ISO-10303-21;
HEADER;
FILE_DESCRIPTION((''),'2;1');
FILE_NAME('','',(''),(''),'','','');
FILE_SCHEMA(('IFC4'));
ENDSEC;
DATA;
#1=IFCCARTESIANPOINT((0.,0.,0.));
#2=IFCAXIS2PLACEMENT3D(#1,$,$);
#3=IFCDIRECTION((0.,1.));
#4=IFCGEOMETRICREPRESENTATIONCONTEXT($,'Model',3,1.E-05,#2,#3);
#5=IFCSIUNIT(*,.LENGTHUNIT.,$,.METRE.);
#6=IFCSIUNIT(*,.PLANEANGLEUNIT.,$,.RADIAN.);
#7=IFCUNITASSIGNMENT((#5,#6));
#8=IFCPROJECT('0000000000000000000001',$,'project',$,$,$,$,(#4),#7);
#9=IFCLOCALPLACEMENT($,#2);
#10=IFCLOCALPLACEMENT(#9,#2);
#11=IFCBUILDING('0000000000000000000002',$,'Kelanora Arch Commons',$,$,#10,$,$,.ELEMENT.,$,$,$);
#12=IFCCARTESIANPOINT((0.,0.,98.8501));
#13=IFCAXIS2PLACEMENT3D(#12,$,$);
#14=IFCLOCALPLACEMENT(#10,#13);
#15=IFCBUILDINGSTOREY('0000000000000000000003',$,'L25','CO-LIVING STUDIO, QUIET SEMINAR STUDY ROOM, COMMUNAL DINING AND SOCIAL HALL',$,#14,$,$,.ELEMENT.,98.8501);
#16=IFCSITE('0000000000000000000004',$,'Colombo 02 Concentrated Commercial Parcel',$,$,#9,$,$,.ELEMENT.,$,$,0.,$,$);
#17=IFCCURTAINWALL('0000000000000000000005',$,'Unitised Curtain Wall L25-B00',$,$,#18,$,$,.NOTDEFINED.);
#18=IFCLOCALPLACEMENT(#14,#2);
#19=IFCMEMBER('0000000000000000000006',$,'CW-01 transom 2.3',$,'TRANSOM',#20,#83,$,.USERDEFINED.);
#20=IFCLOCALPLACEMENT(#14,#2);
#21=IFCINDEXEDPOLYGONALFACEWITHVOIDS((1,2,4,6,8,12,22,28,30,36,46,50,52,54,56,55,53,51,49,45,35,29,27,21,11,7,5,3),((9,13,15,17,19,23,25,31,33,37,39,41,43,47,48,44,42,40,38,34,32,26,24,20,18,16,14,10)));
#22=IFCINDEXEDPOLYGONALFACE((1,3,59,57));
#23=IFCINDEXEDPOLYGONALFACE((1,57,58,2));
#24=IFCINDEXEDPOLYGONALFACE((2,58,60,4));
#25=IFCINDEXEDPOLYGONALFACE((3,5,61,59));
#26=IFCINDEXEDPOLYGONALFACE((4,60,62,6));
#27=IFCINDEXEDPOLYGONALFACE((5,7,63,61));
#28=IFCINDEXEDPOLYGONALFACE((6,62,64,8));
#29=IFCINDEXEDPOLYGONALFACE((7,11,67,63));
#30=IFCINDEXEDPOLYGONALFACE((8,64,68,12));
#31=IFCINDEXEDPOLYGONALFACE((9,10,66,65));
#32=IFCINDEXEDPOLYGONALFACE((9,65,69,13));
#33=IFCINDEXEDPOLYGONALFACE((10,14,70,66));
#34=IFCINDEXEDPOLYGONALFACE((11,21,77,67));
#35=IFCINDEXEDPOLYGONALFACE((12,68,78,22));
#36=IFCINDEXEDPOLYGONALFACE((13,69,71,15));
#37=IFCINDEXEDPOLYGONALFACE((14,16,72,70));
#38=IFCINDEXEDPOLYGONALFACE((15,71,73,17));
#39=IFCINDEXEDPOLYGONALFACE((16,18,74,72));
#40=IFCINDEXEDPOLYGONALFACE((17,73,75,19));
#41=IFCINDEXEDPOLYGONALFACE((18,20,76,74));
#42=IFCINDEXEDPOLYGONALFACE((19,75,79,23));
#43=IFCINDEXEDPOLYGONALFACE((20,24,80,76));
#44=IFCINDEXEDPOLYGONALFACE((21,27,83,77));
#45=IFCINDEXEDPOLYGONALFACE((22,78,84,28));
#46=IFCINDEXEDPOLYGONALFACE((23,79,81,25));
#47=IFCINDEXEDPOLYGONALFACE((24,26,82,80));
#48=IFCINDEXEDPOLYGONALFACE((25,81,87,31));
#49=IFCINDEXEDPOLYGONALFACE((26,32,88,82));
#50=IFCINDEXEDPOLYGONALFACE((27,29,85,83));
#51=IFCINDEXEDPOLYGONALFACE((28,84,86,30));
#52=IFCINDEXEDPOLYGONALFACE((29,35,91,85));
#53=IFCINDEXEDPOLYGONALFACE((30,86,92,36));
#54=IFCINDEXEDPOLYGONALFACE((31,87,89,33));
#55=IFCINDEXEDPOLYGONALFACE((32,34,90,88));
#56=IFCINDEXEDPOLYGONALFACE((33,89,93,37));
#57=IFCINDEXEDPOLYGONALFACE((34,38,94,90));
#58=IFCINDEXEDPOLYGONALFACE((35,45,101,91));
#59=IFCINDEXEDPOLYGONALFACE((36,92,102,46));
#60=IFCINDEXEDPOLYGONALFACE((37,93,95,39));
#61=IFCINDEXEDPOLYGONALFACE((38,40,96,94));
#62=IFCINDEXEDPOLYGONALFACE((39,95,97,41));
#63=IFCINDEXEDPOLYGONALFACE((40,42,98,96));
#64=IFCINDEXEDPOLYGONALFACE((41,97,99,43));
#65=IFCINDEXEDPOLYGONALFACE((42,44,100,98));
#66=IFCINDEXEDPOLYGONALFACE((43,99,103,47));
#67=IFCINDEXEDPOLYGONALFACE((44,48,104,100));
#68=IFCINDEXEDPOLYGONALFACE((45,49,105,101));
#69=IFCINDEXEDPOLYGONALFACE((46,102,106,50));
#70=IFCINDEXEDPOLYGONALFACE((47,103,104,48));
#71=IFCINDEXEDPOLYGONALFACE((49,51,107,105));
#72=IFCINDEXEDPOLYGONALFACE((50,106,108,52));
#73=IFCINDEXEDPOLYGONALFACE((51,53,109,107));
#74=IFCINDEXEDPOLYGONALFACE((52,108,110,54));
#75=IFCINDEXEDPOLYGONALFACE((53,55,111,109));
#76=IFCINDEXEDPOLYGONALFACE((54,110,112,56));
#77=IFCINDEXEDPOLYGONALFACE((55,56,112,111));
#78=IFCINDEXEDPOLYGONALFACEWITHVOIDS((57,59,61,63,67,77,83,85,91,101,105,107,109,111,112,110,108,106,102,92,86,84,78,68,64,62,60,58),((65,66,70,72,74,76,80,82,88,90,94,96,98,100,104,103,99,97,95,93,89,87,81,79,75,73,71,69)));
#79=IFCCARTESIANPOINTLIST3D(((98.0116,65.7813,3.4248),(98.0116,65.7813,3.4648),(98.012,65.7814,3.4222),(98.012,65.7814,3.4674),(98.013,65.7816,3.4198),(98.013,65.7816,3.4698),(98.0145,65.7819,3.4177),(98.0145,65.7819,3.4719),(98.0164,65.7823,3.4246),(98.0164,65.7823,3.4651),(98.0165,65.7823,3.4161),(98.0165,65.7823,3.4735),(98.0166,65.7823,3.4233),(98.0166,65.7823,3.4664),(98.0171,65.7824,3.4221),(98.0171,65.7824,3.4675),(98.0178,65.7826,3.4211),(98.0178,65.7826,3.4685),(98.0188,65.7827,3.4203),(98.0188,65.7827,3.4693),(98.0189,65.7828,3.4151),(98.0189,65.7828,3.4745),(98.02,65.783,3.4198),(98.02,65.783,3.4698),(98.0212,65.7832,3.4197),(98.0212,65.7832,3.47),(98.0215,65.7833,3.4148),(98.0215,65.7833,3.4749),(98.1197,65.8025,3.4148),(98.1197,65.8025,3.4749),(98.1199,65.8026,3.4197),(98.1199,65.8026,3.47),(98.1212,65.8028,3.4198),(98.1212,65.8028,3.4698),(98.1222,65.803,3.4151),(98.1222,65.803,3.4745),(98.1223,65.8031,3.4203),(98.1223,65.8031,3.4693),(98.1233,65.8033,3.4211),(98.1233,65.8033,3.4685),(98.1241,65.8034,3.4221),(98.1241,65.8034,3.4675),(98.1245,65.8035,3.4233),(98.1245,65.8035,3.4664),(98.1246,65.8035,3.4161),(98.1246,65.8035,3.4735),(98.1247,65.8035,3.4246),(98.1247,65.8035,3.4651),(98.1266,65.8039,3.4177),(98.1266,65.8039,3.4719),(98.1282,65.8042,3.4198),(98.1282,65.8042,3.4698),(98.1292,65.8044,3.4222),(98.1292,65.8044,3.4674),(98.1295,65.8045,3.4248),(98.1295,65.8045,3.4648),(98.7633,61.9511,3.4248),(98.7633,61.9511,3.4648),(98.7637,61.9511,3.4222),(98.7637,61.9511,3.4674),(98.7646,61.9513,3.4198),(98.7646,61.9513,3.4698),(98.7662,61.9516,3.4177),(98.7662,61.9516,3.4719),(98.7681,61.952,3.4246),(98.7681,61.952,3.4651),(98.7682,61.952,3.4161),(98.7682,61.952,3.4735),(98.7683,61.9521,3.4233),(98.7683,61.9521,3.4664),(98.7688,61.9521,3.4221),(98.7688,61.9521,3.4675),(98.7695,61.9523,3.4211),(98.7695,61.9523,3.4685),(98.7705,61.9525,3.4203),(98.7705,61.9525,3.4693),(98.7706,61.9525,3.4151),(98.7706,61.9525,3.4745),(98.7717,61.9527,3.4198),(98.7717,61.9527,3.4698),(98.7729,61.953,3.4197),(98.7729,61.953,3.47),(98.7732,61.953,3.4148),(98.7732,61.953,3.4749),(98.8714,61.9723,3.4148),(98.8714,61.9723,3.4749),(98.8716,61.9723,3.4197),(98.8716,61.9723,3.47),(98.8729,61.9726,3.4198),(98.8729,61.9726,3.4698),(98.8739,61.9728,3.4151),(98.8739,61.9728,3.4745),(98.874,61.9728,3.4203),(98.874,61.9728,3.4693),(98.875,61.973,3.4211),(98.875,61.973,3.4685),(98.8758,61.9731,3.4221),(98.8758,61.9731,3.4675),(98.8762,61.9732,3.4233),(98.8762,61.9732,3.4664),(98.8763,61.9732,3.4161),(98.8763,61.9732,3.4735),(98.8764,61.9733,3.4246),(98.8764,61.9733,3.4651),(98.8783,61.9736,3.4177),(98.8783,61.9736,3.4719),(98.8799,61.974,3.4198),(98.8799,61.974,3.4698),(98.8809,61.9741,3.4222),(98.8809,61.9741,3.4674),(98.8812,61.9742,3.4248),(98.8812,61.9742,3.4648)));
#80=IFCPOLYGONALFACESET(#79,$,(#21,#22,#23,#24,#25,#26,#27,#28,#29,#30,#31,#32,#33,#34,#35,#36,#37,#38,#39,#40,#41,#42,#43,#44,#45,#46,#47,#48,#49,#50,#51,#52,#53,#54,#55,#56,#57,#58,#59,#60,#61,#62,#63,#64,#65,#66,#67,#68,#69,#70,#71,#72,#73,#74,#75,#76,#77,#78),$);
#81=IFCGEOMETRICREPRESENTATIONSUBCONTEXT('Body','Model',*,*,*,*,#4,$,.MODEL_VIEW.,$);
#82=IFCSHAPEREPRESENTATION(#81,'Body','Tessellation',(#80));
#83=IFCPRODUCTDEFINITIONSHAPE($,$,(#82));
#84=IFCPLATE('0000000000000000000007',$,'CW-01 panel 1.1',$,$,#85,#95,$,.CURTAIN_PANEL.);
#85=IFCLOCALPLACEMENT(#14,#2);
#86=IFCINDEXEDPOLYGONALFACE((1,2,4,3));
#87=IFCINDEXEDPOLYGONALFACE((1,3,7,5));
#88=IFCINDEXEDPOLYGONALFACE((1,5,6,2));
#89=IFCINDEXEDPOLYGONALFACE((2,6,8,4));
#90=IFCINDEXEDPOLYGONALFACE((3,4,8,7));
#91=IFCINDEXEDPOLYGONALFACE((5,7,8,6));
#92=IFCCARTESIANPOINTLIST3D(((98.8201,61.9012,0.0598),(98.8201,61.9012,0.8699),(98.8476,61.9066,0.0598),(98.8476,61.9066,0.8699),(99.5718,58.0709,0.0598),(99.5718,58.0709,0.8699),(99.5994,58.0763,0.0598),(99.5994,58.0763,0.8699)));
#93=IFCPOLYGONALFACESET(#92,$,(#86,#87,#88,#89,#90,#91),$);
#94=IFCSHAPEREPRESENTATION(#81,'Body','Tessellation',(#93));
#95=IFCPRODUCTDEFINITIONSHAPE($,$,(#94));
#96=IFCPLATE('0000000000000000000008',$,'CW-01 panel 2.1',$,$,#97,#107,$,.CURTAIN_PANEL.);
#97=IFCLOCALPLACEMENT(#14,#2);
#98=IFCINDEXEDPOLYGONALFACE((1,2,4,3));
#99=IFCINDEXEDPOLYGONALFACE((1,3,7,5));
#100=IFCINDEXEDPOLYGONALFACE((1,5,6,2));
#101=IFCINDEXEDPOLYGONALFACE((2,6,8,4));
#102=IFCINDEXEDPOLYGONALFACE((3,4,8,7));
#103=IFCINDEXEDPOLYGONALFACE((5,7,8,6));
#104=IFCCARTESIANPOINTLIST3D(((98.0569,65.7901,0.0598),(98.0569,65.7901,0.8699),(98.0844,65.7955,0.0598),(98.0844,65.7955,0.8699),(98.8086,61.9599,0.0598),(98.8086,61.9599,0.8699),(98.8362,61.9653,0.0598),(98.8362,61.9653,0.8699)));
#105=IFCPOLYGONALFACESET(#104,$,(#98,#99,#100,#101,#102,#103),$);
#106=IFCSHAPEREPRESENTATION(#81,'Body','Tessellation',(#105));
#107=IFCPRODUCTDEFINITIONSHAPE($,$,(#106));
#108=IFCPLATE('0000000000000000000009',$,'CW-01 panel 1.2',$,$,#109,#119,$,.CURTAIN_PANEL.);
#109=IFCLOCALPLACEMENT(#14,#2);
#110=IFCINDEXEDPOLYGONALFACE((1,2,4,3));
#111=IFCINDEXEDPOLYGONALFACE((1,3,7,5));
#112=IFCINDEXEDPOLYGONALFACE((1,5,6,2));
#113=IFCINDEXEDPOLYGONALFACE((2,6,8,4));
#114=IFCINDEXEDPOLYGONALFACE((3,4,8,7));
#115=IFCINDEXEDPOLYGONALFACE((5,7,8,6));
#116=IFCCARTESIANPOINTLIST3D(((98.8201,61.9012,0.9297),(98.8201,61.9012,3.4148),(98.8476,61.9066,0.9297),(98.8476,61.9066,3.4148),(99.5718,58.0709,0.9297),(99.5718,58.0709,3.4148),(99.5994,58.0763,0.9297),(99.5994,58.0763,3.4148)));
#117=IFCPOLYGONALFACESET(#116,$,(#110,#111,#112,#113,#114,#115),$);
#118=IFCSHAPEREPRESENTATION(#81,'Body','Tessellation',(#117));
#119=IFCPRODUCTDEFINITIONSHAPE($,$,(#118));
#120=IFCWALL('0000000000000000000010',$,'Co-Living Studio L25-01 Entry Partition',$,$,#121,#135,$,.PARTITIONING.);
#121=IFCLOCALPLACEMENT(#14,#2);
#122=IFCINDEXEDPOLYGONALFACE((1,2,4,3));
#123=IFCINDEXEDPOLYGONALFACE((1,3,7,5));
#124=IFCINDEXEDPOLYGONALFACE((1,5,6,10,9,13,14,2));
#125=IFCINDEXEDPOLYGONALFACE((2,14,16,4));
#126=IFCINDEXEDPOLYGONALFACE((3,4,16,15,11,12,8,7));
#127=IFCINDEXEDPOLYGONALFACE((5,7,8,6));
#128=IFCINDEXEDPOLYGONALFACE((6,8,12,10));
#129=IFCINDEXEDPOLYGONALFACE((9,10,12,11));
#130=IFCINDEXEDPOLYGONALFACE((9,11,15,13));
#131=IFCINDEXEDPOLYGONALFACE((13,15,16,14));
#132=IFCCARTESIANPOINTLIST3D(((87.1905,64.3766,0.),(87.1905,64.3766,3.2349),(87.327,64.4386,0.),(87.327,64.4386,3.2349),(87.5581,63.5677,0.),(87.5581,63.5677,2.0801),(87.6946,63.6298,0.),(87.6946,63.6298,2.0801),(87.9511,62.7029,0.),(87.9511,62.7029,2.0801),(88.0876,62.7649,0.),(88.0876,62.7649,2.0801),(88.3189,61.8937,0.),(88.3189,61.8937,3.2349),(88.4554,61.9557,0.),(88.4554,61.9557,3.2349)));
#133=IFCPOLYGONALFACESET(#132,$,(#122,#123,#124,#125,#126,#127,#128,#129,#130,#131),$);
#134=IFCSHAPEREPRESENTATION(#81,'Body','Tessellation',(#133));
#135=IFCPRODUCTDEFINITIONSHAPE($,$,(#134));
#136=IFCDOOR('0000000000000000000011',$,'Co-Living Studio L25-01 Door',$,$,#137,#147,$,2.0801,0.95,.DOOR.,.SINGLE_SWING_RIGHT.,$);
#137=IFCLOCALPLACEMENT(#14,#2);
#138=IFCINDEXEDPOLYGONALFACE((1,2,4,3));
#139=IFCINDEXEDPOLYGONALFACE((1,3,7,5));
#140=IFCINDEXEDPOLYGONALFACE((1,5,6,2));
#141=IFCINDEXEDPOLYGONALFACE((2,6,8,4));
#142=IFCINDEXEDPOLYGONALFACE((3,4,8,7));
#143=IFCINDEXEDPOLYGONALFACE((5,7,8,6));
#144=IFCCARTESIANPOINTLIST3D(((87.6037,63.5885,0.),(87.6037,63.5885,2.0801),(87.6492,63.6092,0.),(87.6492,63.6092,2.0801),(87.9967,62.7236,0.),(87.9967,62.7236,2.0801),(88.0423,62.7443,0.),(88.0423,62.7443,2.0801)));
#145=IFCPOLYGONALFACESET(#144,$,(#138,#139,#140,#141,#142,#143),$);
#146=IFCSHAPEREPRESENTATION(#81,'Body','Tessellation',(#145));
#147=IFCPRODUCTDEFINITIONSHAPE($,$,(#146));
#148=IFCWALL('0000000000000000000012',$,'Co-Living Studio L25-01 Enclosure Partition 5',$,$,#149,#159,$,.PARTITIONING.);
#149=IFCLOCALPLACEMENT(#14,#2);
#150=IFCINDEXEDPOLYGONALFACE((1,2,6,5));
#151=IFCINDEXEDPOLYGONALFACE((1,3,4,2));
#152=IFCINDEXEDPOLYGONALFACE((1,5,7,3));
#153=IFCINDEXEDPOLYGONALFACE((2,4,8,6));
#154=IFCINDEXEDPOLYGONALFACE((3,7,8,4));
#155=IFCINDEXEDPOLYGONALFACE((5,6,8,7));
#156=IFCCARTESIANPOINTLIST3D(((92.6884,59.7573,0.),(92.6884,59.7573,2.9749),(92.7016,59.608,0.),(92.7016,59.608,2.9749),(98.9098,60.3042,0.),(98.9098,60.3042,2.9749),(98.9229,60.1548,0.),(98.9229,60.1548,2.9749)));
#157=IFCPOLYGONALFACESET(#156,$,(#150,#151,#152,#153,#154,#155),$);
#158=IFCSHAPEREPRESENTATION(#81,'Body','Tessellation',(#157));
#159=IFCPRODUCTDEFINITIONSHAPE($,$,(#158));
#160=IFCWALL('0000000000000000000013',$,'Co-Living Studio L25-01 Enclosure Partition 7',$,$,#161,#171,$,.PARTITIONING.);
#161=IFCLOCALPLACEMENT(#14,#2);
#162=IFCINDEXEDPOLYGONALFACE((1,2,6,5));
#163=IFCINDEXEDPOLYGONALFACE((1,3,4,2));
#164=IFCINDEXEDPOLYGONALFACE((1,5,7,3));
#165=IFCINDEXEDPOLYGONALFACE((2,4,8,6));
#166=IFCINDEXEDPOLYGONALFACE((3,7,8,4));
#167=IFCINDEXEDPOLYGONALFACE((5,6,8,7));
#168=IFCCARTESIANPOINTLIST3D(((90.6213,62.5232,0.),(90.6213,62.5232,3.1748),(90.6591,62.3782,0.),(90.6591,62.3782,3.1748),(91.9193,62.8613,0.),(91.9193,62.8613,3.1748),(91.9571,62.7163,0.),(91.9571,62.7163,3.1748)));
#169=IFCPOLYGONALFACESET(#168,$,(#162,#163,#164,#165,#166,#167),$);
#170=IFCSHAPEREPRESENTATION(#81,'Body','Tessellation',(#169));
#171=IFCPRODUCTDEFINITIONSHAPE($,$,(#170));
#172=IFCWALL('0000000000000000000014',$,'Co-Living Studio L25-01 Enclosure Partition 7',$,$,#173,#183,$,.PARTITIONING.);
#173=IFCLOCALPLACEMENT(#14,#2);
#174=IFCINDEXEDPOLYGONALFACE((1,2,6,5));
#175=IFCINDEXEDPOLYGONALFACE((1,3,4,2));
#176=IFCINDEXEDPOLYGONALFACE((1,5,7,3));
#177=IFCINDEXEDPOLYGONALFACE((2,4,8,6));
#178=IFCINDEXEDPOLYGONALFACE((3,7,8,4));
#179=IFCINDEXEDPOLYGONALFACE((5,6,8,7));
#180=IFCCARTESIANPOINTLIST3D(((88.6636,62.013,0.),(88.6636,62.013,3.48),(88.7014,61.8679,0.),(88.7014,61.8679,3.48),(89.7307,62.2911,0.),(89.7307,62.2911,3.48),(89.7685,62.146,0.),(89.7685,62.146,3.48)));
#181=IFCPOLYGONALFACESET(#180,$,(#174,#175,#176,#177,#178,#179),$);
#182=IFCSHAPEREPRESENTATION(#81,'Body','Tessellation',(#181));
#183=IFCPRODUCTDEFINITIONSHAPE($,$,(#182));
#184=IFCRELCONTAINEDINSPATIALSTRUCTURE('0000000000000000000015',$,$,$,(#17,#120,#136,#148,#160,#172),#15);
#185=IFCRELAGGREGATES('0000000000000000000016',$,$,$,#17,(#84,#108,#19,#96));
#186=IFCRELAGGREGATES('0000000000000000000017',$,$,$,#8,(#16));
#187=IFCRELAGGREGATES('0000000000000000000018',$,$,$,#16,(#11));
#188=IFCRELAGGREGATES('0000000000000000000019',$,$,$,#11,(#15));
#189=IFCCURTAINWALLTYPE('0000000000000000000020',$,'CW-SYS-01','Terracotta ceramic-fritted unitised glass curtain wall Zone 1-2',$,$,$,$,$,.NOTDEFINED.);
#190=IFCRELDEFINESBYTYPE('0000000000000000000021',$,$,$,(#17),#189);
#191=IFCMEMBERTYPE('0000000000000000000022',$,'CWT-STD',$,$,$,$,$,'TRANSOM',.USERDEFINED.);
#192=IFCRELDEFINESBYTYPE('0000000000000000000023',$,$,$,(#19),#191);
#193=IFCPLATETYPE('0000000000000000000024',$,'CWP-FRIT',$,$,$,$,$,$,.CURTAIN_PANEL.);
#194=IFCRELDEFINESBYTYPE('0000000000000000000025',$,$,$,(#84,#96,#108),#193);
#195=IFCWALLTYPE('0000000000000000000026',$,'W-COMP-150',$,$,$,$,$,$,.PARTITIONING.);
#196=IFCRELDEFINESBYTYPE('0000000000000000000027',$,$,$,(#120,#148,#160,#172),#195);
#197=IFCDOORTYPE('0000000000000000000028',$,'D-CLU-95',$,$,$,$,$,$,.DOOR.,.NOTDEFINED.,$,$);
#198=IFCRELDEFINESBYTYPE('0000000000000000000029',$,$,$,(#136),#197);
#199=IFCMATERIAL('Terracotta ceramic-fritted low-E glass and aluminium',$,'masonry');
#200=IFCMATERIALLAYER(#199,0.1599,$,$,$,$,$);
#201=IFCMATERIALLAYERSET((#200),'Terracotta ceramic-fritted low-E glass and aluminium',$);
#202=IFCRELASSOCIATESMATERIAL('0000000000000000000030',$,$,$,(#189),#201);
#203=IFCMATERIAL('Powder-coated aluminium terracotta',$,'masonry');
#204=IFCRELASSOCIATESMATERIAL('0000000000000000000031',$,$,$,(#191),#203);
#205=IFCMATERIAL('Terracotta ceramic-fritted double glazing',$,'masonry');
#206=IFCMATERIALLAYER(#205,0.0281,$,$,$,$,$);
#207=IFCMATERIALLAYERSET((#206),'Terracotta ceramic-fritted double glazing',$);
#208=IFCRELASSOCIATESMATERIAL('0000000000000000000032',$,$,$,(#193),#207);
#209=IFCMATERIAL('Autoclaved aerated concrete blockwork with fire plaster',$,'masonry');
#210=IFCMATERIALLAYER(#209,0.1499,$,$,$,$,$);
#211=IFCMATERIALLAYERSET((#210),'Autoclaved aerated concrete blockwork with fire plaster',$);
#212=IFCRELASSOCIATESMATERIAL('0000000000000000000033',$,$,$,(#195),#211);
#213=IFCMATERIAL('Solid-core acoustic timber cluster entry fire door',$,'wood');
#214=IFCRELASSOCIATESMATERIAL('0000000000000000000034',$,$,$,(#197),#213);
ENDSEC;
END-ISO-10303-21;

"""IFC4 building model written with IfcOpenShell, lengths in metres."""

from ifc_helpers import new_model, si_unit, direction, frame, frame_2d, origin, origin_2d, place, context, subcontext, project, spatial, rectangle, hollow_rectangle, extrude, source, transform, mapped, material, layer, layer_set, material_profile, profile_set, type_object, element, fill, aggregate, save


model = new_model("IFC4")

# Units and contexts
model_context = context("Model", 3, precision=1e-05, world=origin(), true_north=direction((0.0, 1.0)))
body_context = subcontext(model_context, "Body", "Model", "MODEL_VIEW")
ifc_project = project(units=[si_unit("LENGTHUNIT", "METRE"), si_unit("PLANEANGLEUNIT", "RADIAN")], contexts=[model_context])

# Site, building, storey
site_placement = place(None, origin())
site = spatial("IfcSite", under=ifc_project, at=site_placement, Name="Colombo 02 Concentrated Commercial Parcel", CompositionType="ELEMENT", RefElevation=0.0)
building_placement = place(site_placement, origin())
building = spatial("IfcBuilding", under=site, at=building_placement, Name="Kelanora Arch Commons", CompositionType="ELEMENT")
storey_placement = place(building_placement, frame((0.0, 0.0, 98.8501)))
storey = spatial("IfcBuildingStorey", under=building, at=storey_placement, Name="L25", Description="CO-LIVING STUDIO, QUIET SEMINAR STUDY ROOM, COMMUNAL DINING AND SOCIAL HALL", CompositionType="ELEMENT", Elevation=98.8501)

# Curtain wall, member, plates
ifc_material_1 = material(Name="Terracotta ceramic-fritted low-E glass and aluminium", Category="masonry")
ifc_layer_1 = layer(ifc_material_1, 0.1599)
ifc_layer_set_1 = layer_set([ifc_layer_1], Name="Terracotta ceramic-fritted low-E glass and aluminium")
curtain_wall_type = type_object("IfcCurtainWallType", Name="CW-SYS-01", Description="Terracotta ceramic-fritted unitised glass curtain wall Zone 1-2", PredefinedType="NOTDEFINED", material=ifc_layer_set_1)
curtain_wall_placement = place(storey_placement, origin())
curtain_wall = element("IfcCurtainWall", 1, at=curtain_wall_placement, inside=storey, type_object=curtain_wall_type, Name="Unitised Curtain Wall L25-B00", PredefinedType="NOTDEFINED")
ifc_material_2 = material(Name="Powder-coated aluminium terracotta", Category="masonry")
ifc_material_profile_1 = material_profile(ifc_material_2, hollow_rectangle(XDim=0.1201, YDim=0.0601, WallThickness=0.0049, InnerFilletRadius=0.0049, OuterFilletRadius=0.01, at=origin_2d()), Name="CWT120x60")
ifc_profile_set_1 = profile_set([ifc_material_profile_1], Name="Powder-coated aluminium terracotta")
member_type_1 = type_object("IfcMemberType", Name="CWT-STD", ElementType="TRANSOM", PredefinedType="USERDEFINED", material=ifc_profile_set_1)
member_1_placement = place(storey_placement, frame((98.8223, 61.9626, 3.4448), z_axis=(-0.192579, 0.981282, 0.0), x_axis=(-0.981282, -0.192579, 0.0)))
member_1 = element("IfcMember", 2, at=member_1_placement, type_object=member_type_1, Name="CW-01 transom 2.3", ObjectType="TRANSOM", PredefinedType="USERDEFINED", context=body_context, shape_type="SweptSolid", body=[
    extrude(hollow_rectangle(XDim=0.1201, YDim=0.0601, WallThickness=0.0049, InnerFilletRadius=0.0049, OuterFilletRadius=0.01, at=origin_2d()), origin(), (0.0, 0.0, 1.0), 3.9033),
])
ifc_material_3 = material(Name="Terracotta ceramic-fritted double glazing", Category="masonry")
ifc_layer_2 = layer(ifc_material_3, 0.0281)
ifc_layer_set_2 = layer_set([ifc_layer_2], Name="Terracotta ceramic-fritted double glazing")
plate_type = type_object("IfcPlateType", Name="CWP-FRIT", PredefinedType="CURTAIN_PANEL", material=ifc_layer_set_2)
shared_shape_1 = source(origin(), body_context, "Body", "SweptSolid", [
    extrude(rectangle(XDim=3.9033, YDim=0.0281, at=origin_2d()), origin(), (0.0, 0.0, 1.0), 0.8101),
])
plate_1_placement = place(storey_placement, frame((99.2097, 59.9888, 0.0598), z_axis=(0.0, 0.0, 1.0), x_axis=(-0.192585, 0.98128, 0.0)))
plate_1 = element("IfcPlate", 3, at=plate_1_placement, type_object=plate_type, Name="CW-01 panel 1.1", PredefinedType="CURTAIN_PANEL", context=body_context, shape_type="MappedRepresentation", body=[
    mapped(shared_shape_1, transform((0.0, 0.0, 0.0), scale=1.0)),
])
plate_2_placement = place(storey_placement, frame((98.4465, 63.8777, 0.0598), z_axis=(0.0, 0.0, 1.0), x_axis=(-0.192585, 0.98128, 0.0)))
plate_2 = element("IfcPlate", 4, at=plate_2_placement, type_object=plate_type, Name="CW-01 panel 2.1", PredefinedType="CURTAIN_PANEL", context=body_context, shape_type="MappedRepresentation", body=[
    mapped(shared_shape_1, transform((0.0, 0.0, 0.0), scale=1.0)),
])
shared_shape_2 = source(origin(), body_context, "Body", "SweptSolid", [
    extrude(rectangle(XDim=3.9033, YDim=0.0281, at=origin_2d()), origin(), (0.0, 0.0, 1.0), 2.4851),
])
plate_3_placement = place(storey_placement, frame((99.2097, 59.9888, 0.9297), z_axis=(0.0, 0.0, 1.0), x_axis=(-0.192585, 0.98128, 0.0)))
plate_3 = element("IfcPlate", 5, at=plate_3_placement, type_object=plate_type, Name="CW-01 panel 1.2", PredefinedType="CURTAIN_PANEL", context=body_context, shape_type="MappedRepresentation", body=[
    mapped(shared_shape_2, transform((0.0, 0.0, 0.0), scale=1.0)),
])
aggregate(curtain_wall, [plate_1, plate_3, member_1, plate_2])

# Wall, opening, door
ifc_material_4 = material(Name="Autoclaved aerated concrete blockwork with fire plaster", Category="masonry")
ifc_layer_3 = layer(ifc_material_4, 0.1499)
ifc_layer_set_3 = layer_set([ifc_layer_3], Name="Autoclaved aerated concrete blockwork with fire plaster")
wall_type_1 = type_object("IfcWallType", Name="W-COMP-150", PredefinedType="PARTITIONING", material=ifc_layer_set_3)
wall_1_placement = place(storey_placement, frame((88.3872, 61.9246, 0.0), z_axis=(0.0, 0.0, 1.0), x_axis=(-0.413749, 0.910391, 0.0)))
wall_1 = element("IfcWall", 6, at=wall_1_placement, inside=storey, type_object=wall_type_1, Name="Co-Living Studio L25-01 Entry Partition", PredefinedType="PARTITIONING", context=body_context, shape_type="SweptSolid", body=[
    extrude(rectangle(XDim=2.7273, YDim=0.1499, at=frame_2d((1.3638, 0.0))), origin(), (0.0, 0.0, 1.0), 3.2349),
])
opening_1_placement = place(wall_1_placement, frame((0.8889, 0.0, 0.0)))
opening_1 = element("IfcOpeningElement", 7, at=opening_1_placement, cuts=wall_1, PredefinedType="OPENING", context=body_context, shape_type="SweptSolid", body=[
    extrude(rectangle(XDim=0.95, YDim=2.0801, at=frame_2d((0.4751, 1.04))), frame((0.0, 0.085, 0.0), z_axis=(0.0, -1.0, 0.0), x_axis=(1.0, 0.0, 0.0)), (0.0, 0.0, 1.0), 0.1699),
])
ifc_material_5 = material(Name="Solid-core acoustic timber cluster entry fire door", Category="wood")
door_type_1 = type_object("IfcDoorType", Name="D-CLU-95", OperationType="NOTDEFINED", PredefinedType="DOOR", material=ifc_material_5)
door_1_placement = place(opening_1_placement, origin())
door_1 = element("IfcDoor", 8, at=door_1_placement, inside=storey, type_object=door_type_1, Name="Co-Living Studio L25-01 Door", OperationType="SINGLE_SWING_RIGHT", OverallHeight=2.0801, OverallWidth=0.95, PredefinedType="DOOR", context=body_context, shape_type="SweptSolid", body=[
    extrude(rectangle(XDim=0.95, YDim=2.0801, at=frame_2d((0.4751, 1.04))), frame((0.0, 0.0249, 0.0), z_axis=(0.0, -1.0, 0.0), x_axis=(1.0, 0.0, 0.0)), (0.0, 0.0, 1.0), 0.05),
])
fill(opening_1, door_1)

# Walls
wall_2_placement = place(storey_placement, frame((98.9163, 60.2295, 0.0), z_axis=(0.0, 0.0, 1.0), x_axis=(-0.996159, -0.087564, 0.0)))
element("IfcWall", 9, at=wall_2_placement, inside=storey, type_object=wall_type_1, Name="Co-Living Studio L25-01 Enclosure Partition 5", PredefinedType="PARTITIONING", context=body_context, shape_type="SweptSolid", body=[
    extrude(rectangle(XDim=6.2454, YDim=0.1499, at=frame_2d((3.1226, 0.0))), origin(), (0.0, 0.0, 1.0), 2.9749),
])
wall_3_placement = place(storey_placement, frame((91.9382, 62.7888, 0.0), z_axis=(0.0, 0.0, 1.0), x_axis=(-0.967708, -0.252074, 0.0)))
element("IfcWall", 10, at=wall_3_placement, inside=storey, type_object=wall_type_1, Name="Co-Living Studio L25-01 Enclosure Partition 7", PredefinedType="PARTITIONING", context=body_context, shape_type="SweptSolid", body=[
    extrude(rectangle(XDim=1.3413, YDim=0.1499, at=frame_2d((0.6707, 0.0))), origin(), (0.0, 0.0, 1.0), 3.1748),
])
wall_4_placement = place(storey_placement, frame((89.7495, 62.2185, 0.0), z_axis=(0.0, 0.0, 1.0), x_axis=(-0.967685, -0.252161, 0.0)))
element("IfcWall", 11, at=wall_4_placement, inside=storey, type_object=wall_type_1, Name="Co-Living Studio L25-01 Enclosure Partition 7", PredefinedType="PARTITIONING", context=body_context, shape_type="SweptSolid", body=[
    extrude(rectangle(XDim=1.1028, YDim=0.1499, at=frame_2d((0.5513, 0.0))), origin(), (0.0, 0.0, 1.0), 3.48),
])

save(model, "model.ifc")
